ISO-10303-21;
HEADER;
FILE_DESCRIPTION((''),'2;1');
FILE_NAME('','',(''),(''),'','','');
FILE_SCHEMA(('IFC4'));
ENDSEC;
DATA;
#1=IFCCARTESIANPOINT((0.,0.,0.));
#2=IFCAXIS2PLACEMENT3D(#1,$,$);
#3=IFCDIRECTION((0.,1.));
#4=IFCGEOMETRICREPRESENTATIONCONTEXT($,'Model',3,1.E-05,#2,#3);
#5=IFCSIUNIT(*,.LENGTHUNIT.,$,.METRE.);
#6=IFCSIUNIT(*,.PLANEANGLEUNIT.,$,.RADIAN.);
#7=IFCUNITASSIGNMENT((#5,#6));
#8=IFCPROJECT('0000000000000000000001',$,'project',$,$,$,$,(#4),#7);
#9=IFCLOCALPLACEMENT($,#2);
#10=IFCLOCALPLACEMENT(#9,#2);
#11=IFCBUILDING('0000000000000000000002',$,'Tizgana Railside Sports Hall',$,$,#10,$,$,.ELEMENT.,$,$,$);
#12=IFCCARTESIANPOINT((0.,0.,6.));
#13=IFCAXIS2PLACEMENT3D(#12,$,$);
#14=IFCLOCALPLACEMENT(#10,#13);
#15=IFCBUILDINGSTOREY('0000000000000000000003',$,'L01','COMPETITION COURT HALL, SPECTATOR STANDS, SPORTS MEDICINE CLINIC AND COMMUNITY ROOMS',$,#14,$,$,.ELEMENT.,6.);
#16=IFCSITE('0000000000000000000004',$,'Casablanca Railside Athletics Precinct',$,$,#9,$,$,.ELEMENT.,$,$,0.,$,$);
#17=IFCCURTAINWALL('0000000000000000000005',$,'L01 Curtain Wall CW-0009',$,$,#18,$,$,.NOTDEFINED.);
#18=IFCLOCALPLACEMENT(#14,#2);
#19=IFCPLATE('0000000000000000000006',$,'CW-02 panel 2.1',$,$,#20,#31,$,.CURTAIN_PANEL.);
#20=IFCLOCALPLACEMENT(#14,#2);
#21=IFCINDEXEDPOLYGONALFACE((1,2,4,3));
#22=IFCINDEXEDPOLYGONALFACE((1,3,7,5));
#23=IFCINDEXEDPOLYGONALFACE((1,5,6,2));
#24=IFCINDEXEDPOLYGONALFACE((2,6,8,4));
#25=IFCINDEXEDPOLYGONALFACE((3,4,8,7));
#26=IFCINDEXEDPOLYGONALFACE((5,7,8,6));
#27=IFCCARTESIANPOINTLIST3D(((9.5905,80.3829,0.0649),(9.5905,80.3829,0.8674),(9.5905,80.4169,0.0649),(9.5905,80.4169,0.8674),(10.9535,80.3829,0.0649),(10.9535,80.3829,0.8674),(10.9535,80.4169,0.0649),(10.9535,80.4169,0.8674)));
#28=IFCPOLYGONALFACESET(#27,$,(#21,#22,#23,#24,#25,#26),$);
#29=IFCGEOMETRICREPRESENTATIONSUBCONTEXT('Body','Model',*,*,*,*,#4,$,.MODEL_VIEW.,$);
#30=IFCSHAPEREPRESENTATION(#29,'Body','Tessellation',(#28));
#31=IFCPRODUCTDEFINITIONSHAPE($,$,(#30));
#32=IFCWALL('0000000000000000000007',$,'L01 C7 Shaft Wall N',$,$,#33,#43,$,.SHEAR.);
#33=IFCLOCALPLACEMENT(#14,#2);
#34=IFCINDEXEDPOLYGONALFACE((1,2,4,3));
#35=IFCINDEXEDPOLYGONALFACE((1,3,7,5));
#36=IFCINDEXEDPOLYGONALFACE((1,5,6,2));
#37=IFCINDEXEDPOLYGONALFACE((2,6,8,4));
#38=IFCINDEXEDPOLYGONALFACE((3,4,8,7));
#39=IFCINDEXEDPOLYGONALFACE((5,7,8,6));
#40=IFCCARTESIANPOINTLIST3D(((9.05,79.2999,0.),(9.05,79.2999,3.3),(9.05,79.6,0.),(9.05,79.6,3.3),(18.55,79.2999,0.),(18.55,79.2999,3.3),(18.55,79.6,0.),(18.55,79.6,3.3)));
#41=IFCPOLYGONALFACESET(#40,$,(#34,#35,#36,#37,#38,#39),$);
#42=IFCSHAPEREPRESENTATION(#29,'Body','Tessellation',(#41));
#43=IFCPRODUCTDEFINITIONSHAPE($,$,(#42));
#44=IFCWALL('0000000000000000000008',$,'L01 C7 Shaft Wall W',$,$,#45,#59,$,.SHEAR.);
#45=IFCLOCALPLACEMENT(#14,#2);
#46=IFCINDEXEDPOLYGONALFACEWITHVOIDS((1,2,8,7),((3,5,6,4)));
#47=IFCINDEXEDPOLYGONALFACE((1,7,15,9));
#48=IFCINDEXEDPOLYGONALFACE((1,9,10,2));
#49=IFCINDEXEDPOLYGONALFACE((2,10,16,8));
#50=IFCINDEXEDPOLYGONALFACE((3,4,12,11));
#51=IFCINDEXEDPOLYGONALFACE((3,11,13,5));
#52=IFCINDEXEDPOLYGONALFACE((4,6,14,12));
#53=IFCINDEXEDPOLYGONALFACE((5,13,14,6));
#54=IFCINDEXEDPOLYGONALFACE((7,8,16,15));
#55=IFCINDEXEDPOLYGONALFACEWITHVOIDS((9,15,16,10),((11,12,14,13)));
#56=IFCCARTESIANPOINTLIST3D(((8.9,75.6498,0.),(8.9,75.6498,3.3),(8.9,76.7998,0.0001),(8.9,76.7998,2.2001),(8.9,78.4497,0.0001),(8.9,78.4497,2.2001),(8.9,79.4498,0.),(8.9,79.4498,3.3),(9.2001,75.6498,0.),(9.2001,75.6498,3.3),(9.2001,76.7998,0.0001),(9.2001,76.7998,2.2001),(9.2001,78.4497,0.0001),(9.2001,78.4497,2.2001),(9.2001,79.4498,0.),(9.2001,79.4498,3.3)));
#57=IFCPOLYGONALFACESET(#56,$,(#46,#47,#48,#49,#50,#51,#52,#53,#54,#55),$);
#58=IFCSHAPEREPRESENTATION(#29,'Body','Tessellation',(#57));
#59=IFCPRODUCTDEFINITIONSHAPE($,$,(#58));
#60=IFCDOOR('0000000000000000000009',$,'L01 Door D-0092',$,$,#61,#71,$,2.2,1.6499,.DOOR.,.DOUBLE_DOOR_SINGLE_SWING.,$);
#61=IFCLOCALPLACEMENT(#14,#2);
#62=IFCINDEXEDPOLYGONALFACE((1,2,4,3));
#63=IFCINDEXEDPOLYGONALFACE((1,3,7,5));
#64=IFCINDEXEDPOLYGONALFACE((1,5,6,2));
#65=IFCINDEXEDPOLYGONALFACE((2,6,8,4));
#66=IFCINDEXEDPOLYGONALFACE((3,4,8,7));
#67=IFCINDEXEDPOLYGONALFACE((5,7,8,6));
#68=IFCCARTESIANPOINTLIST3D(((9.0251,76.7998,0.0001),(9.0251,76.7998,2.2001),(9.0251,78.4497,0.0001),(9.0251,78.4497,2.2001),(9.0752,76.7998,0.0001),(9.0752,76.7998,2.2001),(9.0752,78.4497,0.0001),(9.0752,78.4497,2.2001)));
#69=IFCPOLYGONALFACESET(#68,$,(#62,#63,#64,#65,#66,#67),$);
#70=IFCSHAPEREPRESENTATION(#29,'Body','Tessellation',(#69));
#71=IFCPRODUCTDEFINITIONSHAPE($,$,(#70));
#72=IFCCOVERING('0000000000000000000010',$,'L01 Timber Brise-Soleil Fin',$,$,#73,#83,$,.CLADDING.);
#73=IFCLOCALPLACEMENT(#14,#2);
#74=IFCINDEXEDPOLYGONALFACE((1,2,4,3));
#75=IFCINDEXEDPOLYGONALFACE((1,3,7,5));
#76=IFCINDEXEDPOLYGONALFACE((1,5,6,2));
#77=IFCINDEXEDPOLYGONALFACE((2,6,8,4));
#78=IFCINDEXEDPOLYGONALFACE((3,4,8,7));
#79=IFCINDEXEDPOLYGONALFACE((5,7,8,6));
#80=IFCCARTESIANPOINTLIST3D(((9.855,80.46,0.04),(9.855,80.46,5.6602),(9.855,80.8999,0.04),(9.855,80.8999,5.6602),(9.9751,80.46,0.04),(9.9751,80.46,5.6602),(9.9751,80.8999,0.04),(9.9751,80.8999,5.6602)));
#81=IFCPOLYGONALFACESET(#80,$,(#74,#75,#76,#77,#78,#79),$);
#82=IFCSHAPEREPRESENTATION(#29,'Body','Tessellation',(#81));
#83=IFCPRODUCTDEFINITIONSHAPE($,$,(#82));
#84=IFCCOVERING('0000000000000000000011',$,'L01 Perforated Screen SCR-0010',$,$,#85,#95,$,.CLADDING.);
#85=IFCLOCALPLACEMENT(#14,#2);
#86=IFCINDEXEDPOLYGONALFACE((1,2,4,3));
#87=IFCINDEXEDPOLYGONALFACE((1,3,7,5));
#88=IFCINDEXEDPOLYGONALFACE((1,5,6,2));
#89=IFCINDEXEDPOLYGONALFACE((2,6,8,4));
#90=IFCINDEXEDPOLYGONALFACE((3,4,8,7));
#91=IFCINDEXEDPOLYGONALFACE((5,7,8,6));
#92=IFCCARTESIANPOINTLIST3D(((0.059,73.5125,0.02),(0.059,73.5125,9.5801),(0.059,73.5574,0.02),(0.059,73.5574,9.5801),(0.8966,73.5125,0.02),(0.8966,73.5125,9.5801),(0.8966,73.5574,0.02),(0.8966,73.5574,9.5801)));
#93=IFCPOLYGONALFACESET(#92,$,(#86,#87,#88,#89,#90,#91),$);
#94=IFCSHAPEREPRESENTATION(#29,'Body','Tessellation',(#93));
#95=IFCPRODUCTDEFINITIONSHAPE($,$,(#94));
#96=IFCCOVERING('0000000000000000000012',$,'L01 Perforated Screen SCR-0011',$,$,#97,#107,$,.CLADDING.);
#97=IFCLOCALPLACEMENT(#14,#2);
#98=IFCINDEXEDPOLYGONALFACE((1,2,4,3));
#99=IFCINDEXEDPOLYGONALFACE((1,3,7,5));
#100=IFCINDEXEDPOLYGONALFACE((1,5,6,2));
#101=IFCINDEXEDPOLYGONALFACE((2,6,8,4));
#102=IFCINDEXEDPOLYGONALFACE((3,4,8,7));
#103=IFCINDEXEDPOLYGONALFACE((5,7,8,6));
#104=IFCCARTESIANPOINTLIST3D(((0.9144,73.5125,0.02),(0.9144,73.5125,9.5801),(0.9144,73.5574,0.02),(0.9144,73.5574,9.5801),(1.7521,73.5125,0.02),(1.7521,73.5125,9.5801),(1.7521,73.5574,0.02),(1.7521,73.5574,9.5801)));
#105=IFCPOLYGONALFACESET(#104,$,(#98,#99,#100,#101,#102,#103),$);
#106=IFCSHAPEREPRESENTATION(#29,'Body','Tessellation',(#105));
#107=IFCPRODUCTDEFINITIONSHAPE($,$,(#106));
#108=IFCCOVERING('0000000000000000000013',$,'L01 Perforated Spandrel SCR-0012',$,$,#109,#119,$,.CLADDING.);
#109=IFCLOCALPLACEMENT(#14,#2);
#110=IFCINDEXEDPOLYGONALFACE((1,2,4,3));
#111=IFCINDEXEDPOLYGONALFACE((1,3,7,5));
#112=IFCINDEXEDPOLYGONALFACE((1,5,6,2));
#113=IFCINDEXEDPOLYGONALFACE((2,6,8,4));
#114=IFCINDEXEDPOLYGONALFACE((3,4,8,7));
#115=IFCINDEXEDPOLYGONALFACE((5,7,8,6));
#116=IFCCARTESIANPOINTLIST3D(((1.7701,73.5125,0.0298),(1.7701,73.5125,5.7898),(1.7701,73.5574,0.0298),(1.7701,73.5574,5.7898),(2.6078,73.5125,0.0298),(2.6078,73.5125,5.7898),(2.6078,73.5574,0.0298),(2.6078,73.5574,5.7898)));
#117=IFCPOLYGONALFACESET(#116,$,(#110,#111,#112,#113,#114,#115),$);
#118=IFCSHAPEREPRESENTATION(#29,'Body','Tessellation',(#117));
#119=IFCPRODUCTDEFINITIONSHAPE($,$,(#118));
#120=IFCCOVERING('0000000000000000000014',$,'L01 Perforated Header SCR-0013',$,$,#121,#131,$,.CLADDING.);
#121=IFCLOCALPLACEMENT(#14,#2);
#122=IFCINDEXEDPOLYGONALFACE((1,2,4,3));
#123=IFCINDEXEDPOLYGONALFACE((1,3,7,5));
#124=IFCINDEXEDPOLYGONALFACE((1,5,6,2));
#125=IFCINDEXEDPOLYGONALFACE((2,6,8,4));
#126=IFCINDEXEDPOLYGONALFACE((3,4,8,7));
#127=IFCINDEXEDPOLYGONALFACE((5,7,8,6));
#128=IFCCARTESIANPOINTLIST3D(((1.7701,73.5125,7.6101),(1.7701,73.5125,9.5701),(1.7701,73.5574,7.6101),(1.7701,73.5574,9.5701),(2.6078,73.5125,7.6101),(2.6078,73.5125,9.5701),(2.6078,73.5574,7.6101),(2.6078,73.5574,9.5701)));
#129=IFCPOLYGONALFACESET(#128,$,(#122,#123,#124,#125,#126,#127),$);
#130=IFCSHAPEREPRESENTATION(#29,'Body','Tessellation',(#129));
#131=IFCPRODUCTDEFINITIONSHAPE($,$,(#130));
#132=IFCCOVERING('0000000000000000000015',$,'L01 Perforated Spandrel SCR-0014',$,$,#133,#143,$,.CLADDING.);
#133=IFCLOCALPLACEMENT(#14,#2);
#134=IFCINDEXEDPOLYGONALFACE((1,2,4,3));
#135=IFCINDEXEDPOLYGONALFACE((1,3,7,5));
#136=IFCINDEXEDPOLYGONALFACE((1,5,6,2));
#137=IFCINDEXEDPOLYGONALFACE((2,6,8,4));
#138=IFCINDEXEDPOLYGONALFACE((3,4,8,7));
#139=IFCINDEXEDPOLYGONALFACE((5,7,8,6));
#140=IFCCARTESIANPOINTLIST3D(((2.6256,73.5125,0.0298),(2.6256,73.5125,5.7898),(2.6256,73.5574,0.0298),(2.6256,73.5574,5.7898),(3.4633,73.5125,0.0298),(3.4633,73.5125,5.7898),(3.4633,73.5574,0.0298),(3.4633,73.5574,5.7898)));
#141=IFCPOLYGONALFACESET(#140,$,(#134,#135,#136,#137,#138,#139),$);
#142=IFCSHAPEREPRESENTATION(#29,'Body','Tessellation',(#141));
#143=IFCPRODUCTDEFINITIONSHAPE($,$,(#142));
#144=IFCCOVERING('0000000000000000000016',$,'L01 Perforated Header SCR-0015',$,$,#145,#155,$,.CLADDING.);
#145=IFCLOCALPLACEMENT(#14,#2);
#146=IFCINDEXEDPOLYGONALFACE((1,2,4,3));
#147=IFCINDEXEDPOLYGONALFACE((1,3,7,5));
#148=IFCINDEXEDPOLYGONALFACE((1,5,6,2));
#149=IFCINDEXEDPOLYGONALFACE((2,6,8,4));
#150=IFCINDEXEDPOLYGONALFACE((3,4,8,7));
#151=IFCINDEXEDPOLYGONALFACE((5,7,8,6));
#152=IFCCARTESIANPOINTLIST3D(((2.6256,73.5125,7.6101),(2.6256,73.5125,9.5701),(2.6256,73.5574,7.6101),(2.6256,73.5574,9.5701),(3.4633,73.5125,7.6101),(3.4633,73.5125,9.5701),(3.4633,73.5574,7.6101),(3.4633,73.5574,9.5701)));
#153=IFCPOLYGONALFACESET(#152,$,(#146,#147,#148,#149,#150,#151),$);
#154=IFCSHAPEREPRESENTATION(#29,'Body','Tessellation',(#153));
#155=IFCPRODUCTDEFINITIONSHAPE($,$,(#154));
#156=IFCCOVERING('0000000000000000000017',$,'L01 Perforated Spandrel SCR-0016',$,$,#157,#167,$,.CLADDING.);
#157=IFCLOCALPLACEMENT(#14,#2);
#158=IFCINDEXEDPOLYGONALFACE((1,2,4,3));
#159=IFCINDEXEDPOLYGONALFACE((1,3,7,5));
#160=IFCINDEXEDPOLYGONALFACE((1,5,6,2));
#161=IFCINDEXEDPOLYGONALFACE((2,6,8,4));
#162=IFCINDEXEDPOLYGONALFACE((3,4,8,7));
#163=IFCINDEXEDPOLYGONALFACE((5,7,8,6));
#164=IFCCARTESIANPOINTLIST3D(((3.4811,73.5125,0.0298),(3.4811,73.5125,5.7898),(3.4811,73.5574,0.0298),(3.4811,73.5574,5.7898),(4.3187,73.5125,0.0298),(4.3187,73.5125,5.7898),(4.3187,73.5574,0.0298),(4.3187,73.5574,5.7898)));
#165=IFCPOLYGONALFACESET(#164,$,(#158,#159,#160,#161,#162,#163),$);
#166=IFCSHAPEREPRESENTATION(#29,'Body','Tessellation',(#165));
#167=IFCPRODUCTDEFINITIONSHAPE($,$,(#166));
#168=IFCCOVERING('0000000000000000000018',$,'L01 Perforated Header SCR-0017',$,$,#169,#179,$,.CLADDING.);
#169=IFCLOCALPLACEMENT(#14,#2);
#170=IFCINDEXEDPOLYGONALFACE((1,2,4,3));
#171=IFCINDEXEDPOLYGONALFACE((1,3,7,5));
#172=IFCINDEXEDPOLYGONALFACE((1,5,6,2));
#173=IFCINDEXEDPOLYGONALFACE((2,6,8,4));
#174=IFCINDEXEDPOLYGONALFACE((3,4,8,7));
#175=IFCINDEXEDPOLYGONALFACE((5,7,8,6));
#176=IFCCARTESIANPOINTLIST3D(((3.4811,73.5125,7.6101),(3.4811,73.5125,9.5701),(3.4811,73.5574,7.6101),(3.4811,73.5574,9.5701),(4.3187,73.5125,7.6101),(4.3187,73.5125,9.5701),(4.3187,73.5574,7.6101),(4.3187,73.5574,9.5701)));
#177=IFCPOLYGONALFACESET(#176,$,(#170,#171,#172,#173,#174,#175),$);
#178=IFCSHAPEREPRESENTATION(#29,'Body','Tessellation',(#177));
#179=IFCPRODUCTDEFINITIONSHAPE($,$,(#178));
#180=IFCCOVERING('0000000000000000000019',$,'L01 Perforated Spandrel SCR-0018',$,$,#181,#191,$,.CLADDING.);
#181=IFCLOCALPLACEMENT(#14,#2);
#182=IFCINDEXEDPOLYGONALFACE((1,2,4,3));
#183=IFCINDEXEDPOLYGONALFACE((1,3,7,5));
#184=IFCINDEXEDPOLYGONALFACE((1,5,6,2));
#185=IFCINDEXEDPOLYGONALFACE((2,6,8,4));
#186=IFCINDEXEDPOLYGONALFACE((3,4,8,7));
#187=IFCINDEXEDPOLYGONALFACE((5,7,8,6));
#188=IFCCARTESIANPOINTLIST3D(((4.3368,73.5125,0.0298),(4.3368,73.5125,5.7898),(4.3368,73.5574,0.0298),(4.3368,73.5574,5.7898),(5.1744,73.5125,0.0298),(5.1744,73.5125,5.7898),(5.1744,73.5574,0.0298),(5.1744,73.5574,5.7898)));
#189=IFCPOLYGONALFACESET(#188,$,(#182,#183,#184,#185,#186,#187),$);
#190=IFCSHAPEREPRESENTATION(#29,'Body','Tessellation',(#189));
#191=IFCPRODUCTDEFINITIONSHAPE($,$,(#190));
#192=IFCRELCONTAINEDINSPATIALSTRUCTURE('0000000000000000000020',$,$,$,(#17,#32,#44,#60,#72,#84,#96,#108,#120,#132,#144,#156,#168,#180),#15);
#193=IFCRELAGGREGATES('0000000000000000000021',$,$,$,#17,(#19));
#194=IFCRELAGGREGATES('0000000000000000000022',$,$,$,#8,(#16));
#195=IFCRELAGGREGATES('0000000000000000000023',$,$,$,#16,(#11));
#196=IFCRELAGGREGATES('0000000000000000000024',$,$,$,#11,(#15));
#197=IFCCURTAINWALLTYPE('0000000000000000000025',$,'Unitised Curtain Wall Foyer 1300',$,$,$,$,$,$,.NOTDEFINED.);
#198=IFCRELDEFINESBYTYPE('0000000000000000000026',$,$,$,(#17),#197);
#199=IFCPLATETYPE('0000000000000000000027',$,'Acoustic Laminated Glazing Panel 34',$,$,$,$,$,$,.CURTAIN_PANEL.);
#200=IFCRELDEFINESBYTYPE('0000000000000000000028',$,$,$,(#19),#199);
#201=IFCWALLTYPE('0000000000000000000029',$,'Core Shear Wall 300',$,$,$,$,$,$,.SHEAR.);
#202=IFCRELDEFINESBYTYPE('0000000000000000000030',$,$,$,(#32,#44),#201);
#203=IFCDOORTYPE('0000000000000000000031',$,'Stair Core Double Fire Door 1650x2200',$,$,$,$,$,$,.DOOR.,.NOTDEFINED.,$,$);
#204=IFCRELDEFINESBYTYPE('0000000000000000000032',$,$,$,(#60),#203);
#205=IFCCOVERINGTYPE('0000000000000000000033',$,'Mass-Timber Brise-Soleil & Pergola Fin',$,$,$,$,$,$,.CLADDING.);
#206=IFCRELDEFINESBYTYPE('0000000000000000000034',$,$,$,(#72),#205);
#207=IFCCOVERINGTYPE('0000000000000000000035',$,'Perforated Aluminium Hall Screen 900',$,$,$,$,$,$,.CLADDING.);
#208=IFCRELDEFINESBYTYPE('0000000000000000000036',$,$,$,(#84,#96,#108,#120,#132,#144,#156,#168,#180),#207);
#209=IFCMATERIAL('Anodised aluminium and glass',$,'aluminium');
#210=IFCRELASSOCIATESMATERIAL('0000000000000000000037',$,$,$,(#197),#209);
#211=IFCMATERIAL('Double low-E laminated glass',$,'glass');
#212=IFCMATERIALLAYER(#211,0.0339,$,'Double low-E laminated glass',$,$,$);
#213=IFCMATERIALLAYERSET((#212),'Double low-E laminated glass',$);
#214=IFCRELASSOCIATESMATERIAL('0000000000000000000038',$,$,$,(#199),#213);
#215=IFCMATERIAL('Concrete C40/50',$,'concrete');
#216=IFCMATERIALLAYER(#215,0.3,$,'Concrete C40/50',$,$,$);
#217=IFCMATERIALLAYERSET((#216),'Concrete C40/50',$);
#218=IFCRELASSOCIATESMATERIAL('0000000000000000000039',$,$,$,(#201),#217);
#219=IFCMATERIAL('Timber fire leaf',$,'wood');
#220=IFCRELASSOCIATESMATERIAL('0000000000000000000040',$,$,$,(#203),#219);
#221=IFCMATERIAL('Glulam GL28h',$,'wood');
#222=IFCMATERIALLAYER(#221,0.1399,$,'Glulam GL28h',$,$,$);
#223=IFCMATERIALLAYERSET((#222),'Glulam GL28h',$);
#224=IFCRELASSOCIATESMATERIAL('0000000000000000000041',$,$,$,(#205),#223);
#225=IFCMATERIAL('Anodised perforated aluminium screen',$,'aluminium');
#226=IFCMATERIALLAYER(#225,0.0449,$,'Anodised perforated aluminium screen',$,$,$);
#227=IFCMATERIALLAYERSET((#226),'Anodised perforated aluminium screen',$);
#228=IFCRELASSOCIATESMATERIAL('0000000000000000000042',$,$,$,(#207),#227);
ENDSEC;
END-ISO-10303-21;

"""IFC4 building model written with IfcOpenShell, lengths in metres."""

from ifc_helpers import new_model, si_unit, direction, frame, frame_2d, origin, origin_2d, place, context, subcontext, project, spatial, rectangle, extrude, material, layer, layer_set, type_object, element, fill, aggregate, save


model = new_model("IFC4")

# Units and contexts
model_context = context("Model", 3, precision=1e-05, world=origin(), true_north=direction((0.0, 1.0)))
body_context = subcontext(model_context, "Body", "Model", "MODEL_VIEW")
ifc_project = project(units=[si_unit("LENGTHUNIT", "METRE"), si_unit("PLANEANGLEUNIT", "RADIAN")], contexts=[model_context])

# Site, building, storey
site_placement = place(None, origin())
site = spatial("IfcSite", under=ifc_project, at=site_placement, Name="Casablanca Railside Athletics Precinct", CompositionType="ELEMENT", RefElevation=0.0)
building_placement = place(site_placement, origin())
building = spatial("IfcBuilding", under=site, at=building_placement, Name="Tizgana Railside Sports Hall", CompositionType="ELEMENT")
storey_placement = place(building_placement, frame((0.0, 0.0, 6.0)))
storey = spatial("IfcBuildingStorey", under=building, at=storey_placement, Name="L01", Description="COMPETITION COURT HALL, SPECTATOR STANDS, SPORTS MEDICINE CLINIC AND COMMUNITY ROOMS", CompositionType="ELEMENT", Elevation=6.0)

# Shared definitions
ifc_material_1 = material(Name="Concrete C40/50", Category="concrete")

# Curtain wall, plate
ifc_material_2 = material(Name="Anodised aluminium and glass", Category="aluminium")
curtain_wall_type = type_object("IfcCurtainWallType", Name="Unitised Curtain Wall Foyer 1300", PredefinedType="NOTDEFINED", material=ifc_material_2)
curtain_wall_placement = place(storey_placement, origin())
curtain_wall = element("IfcCurtainWall", 1, at=curtain_wall_placement, inside=storey, type_object=curtain_wall_type, Name="L01 Curtain Wall CW-0009", PredefinedType="NOTDEFINED")
ifc_material_3 = material(Name="Double low-E laminated glass", Category="glass")
ifc_layer_1 = layer(ifc_material_3, 0.0339, Name="Double low-E laminated glass")
ifc_layer_set_1 = layer_set([ifc_layer_1], Name="Double low-E laminated glass")
plate_type = type_object("IfcPlateType", Name="Acoustic Laminated Glazing Panel 34", PredefinedType="CURTAIN_PANEL", material=ifc_layer_set_1)
plate_1_placement = place(storey_placement, frame((10.272, 80.3999, 0.0649), z_axis=(0.0, 0.0, 1.0), x_axis=(1.0, 0.0, 0.0)))
plate_1 = element("IfcPlate", 2, at=plate_1_placement, type_object=plate_type, Name="CW-02 panel 2.1", PredefinedType="CURTAIN_PANEL", context=body_context, shape_type="SweptSolid", body=[
    extrude(rectangle(XDim=1.363, YDim=0.0339, at=origin_2d()), origin(), (0.0, 0.0, 1.0), 0.8025),
])
aggregate(curtain_wall, [plate_1])

# Wall
ifc_layer_2 = layer(ifc_material_1, 0.3, Name="Concrete C40/50")
ifc_layer_set_2 = layer_set([ifc_layer_2], Name="Concrete C40/50")
wall_type = type_object("IfcWallType", Name="Core Shear Wall 300", PredefinedType="SHEAR", material=ifc_layer_set_2)
wall_1_placement = place(storey_placement, frame((9.05, 79.45, 0.0), z_axis=(0.0, 0.0, 1.0), x_axis=(1.0, 0.0, 0.0)))
element("IfcWall", 3, at=wall_1_placement, inside=storey, type_object=wall_type, Name="L01 C7 Shaft Wall N", PredefinedType="SHEAR", context=body_context, shape_type="SweptSolid", body=[
    extrude(rectangle(XDim=9.5, YDim=0.3, at=frame_2d((4.75, 0.0))), origin(), (0.0, 0.0, 1.0), 3.3),
])

# Wall, opening, door
wall_2_placement = place(storey_placement, frame((9.05, 75.6499, 0.0), z_axis=(0.0, 0.0, 1.0), x_axis=(0.0, 1.0, 0.0)))
wall_2 = element("IfcWall", 4, at=wall_2_placement, inside=storey, type_object=wall_type, Name="L01 C7 Shaft Wall W", PredefinedType="SHEAR", context=body_context, shape_type="SweptSolid", body=[
    extrude(rectangle(XDim=3.8, YDim=0.3, at=frame_2d((1.8999, 0.0))), origin(), (0.0, 0.0, 1.0), 3.3),
])
opening_placement = place(wall_2_placement, frame((1.1499, 0.0, 0.0)))
opening = element("IfcOpeningElement", 5, at=opening_placement, cuts=wall_2, PredefinedType="OPENING", context=body_context, shape_type="SweptSolid", body=[
    extrude(rectangle(XDim=1.6499, YDim=2.2, at=frame_2d((0.825, 1.1001))), frame((0.0, 0.1599, 0.0), z_axis=(0.0, -1.0, 0.0), x_axis=(1.0, 0.0, 0.0)), (0.0, 0.0, 1.0), 0.3201),
])
ifc_material_4 = material(Name="Timber fire leaf", Category="wood")
door_type = type_object("IfcDoorType", Name="Stair Core Double Fire Door 1650x2200", OperationType="NOTDEFINED", PredefinedType="DOOR", material=ifc_material_4)
door_placement = place(opening_placement, origin())
door = element("IfcDoor", 6, at=door_placement, inside=storey, type_object=door_type, Name="L01 Door D-0092", OperationType="DOUBLE_DOOR_SINGLE_SWING", OverallHeight=2.2, OverallWidth=1.6499, PredefinedType="DOOR", context=body_context, shape_type="SweptSolid", body=[
    extrude(rectangle(XDim=1.6499, YDim=2.2, at=frame_2d((0.825, 1.1001))), frame((0.0, 0.0249, 0.0), z_axis=(0.0, -1.0, 0.0), x_axis=(1.0, 0.0, 0.0)), (0.0, 0.0, 1.0), 0.05),
])
fill(opening, door)

# Coverings
ifc_material_5 = material(Name="Glulam GL28h", Category="wood")
ifc_layer_3 = layer(ifc_material_5, 0.1399, Name="Glulam GL28h")
ifc_layer_set_3 = layer_set([ifc_layer_3], Name="Glulam GL28h")
covering_type_1 = type_object("IfcCoveringType", Name="Mass-Timber Brise-Soleil & Pergola Fin", PredefinedType="CLADDING", material=ifc_layer_set_3)
covering_1_placement = place(storey_placement, frame((9.915, 80.6799, 0.04), z_axis=(0.0, 0.0, 1.0), x_axis=(1.0, 0.0, 0.0)))
element("IfcCovering", 7, at=covering_1_placement, inside=storey, type_object=covering_type_1, Name="L01 Timber Brise-Soleil Fin", PredefinedType="CLADDING", context=body_context, shape_type="SweptSolid", body=[
    extrude(rectangle(XDim=0.1201, YDim=0.4399, at=origin_2d()), origin(), (0.0, 0.0, 1.0), 5.6201),
])
ifc_material_6 = material(Name="Anodised perforated aluminium screen", Category="aluminium")
ifc_layer_4 = layer(ifc_material_6, 0.0449, Name="Anodised perforated aluminium screen")
ifc_layer_set_4 = layer_set([ifc_layer_4], Name="Anodised perforated aluminium screen")
covering_type_2 = type_object("IfcCoveringType", Name="Perforated Aluminium Hall Screen 900", PredefinedType="CLADDING", material=ifc_layer_set_4)
for number, where, z_axis, x_axis, name in (
    (8, (0.4778, 73.5349, 0.02), (0.0, 0.0, 1.0), (1.0, 0.0, 0.0), "L01 Perforated Screen SCR-0010"),
    (9, (1.3333, 73.5349, 0.02), (0.0, 0.0, 1.0), (1.0, 0.0, 0.0), "L01 Perforated Screen SCR-0011"),
):
    element("IfcCovering", number, at=place(storey_placement, frame(where, z_axis=z_axis, x_axis=x_axis)), inside=storey, type_object=covering_type_2, Name=name, PredefinedType="CLADDING", context=body_context, shape_type="SweptSolid", body=[
        extrude(rectangle(XDim=0.8376, YDim=0.0449, at=origin_2d()), origin(), (0.0, 0.0, 1.0), 9.5601),
    ])
covering_2_placement = place(storey_placement, frame((2.189, 73.5349, 0.0298), z_axis=(0.0, 0.0, 1.0), x_axis=(1.0, 0.0, 0.0)))
element("IfcCovering", 10, at=covering_2_placement, inside=storey, type_object=covering_type_2, Name="L01 Perforated Spandrel SCR-0012", PredefinedType="CLADDING", context=body_context, shape_type="SweptSolid", body=[
    extrude(rectangle(XDim=0.8376, YDim=0.0449, at=origin_2d()), origin(), (0.0, 0.0, 1.0), 5.76),
])
covering_3_placement = place(storey_placement, frame((2.189, 73.5349, 7.6101), z_axis=(0.0, 0.0, 1.0), x_axis=(1.0, 0.0, 0.0)))
element("IfcCovering", 11, at=covering_3_placement, inside=storey, type_object=covering_type_2, Name="L01 Perforated Header SCR-0013", PredefinedType="CLADDING", context=body_context, shape_type="SweptSolid", body=[
    extrude(rectangle(XDim=0.8376, YDim=0.0449, at=origin_2d()), origin(), (0.0, 0.0, 1.0), 1.96),
])
covering_4_placement = place(storey_placement, frame((3.0444, 73.5349, 0.0298), z_axis=(0.0, 0.0, 1.0), x_axis=(1.0, 0.0, 0.0)))
element("IfcCovering", 12, at=covering_4_placement, inside=storey, type_object=covering_type_2, Name="L01 Perforated Spandrel SCR-0014", PredefinedType="CLADDING", context=body_context, shape_type="SweptSolid", body=[
    extrude(rectangle(XDim=0.8376, YDim=0.0449, at=origin_2d()), origin(), (0.0, 0.0, 1.0), 5.76),
])
covering_5_placement = place(storey_placement, frame((3.0444, 73.5349, 7.6101), z_axis=(0.0, 0.0, 1.0), x_axis=(1.0, 0.0, 0.0)))
element("IfcCovering", 13, at=covering_5_placement, inside=storey, type_object=covering_type_2, Name="L01 Perforated Header SCR-0015", PredefinedType="CLADDING", context=body_context, shape_type="SweptSolid", body=[
    extrude(rectangle(XDim=0.8376, YDim=0.0449, at=origin_2d()), origin(), (0.0, 0.0, 1.0), 1.96),
])
covering_6_placement = place(storey_placement, frame((3.8999, 73.5349, 0.0298), z_axis=(0.0, 0.0, 1.0), x_axis=(1.0, 0.0, 0.0)))
element("IfcCovering", 14, at=covering_6_placement, inside=storey, type_object=covering_type_2, Name="L01 Perforated Spandrel SCR-0016", PredefinedType="CLADDING", context=body_context, shape_type="SweptSolid", body=[
    extrude(rectangle(XDim=0.8376, YDim=0.0449, at=origin_2d()), origin(), (0.0, 0.0, 1.0), 5.76),
])
covering_7_placement = place(storey_placement, frame((3.8999, 73.5349, 7.6101), z_axis=(0.0, 0.0, 1.0), x_axis=(1.0, 0.0, 0.0)))
element("IfcCovering", 15, at=covering_7_placement, inside=storey, type_object=covering_type_2, Name="L01 Perforated Header SCR-0017", PredefinedType="CLADDING", context=body_context, shape_type="SweptSolid", body=[
    extrude(rectangle(XDim=0.8376, YDim=0.0449, at=origin_2d()), origin(), (0.0, 0.0, 1.0), 1.96),
])
covering_8_placement = place(storey_placement, frame((4.7556, 73.5349, 0.0298), z_axis=(0.0, 0.0, 1.0), x_axis=(1.0, 0.0, 0.0)))
element("IfcCovering", 16, at=covering_8_placement, inside=storey, type_object=covering_type_2, Name="L01 Perforated Spandrel SCR-0018", PredefinedType="CLADDING", context=body_context, shape_type="SweptSolid", body=[
    extrude(rectangle(XDim=0.8376, YDim=0.0449, at=origin_2d()), origin(), (0.0, 0.0, 1.0), 5.76),
])

save(model, "model.ifc")
